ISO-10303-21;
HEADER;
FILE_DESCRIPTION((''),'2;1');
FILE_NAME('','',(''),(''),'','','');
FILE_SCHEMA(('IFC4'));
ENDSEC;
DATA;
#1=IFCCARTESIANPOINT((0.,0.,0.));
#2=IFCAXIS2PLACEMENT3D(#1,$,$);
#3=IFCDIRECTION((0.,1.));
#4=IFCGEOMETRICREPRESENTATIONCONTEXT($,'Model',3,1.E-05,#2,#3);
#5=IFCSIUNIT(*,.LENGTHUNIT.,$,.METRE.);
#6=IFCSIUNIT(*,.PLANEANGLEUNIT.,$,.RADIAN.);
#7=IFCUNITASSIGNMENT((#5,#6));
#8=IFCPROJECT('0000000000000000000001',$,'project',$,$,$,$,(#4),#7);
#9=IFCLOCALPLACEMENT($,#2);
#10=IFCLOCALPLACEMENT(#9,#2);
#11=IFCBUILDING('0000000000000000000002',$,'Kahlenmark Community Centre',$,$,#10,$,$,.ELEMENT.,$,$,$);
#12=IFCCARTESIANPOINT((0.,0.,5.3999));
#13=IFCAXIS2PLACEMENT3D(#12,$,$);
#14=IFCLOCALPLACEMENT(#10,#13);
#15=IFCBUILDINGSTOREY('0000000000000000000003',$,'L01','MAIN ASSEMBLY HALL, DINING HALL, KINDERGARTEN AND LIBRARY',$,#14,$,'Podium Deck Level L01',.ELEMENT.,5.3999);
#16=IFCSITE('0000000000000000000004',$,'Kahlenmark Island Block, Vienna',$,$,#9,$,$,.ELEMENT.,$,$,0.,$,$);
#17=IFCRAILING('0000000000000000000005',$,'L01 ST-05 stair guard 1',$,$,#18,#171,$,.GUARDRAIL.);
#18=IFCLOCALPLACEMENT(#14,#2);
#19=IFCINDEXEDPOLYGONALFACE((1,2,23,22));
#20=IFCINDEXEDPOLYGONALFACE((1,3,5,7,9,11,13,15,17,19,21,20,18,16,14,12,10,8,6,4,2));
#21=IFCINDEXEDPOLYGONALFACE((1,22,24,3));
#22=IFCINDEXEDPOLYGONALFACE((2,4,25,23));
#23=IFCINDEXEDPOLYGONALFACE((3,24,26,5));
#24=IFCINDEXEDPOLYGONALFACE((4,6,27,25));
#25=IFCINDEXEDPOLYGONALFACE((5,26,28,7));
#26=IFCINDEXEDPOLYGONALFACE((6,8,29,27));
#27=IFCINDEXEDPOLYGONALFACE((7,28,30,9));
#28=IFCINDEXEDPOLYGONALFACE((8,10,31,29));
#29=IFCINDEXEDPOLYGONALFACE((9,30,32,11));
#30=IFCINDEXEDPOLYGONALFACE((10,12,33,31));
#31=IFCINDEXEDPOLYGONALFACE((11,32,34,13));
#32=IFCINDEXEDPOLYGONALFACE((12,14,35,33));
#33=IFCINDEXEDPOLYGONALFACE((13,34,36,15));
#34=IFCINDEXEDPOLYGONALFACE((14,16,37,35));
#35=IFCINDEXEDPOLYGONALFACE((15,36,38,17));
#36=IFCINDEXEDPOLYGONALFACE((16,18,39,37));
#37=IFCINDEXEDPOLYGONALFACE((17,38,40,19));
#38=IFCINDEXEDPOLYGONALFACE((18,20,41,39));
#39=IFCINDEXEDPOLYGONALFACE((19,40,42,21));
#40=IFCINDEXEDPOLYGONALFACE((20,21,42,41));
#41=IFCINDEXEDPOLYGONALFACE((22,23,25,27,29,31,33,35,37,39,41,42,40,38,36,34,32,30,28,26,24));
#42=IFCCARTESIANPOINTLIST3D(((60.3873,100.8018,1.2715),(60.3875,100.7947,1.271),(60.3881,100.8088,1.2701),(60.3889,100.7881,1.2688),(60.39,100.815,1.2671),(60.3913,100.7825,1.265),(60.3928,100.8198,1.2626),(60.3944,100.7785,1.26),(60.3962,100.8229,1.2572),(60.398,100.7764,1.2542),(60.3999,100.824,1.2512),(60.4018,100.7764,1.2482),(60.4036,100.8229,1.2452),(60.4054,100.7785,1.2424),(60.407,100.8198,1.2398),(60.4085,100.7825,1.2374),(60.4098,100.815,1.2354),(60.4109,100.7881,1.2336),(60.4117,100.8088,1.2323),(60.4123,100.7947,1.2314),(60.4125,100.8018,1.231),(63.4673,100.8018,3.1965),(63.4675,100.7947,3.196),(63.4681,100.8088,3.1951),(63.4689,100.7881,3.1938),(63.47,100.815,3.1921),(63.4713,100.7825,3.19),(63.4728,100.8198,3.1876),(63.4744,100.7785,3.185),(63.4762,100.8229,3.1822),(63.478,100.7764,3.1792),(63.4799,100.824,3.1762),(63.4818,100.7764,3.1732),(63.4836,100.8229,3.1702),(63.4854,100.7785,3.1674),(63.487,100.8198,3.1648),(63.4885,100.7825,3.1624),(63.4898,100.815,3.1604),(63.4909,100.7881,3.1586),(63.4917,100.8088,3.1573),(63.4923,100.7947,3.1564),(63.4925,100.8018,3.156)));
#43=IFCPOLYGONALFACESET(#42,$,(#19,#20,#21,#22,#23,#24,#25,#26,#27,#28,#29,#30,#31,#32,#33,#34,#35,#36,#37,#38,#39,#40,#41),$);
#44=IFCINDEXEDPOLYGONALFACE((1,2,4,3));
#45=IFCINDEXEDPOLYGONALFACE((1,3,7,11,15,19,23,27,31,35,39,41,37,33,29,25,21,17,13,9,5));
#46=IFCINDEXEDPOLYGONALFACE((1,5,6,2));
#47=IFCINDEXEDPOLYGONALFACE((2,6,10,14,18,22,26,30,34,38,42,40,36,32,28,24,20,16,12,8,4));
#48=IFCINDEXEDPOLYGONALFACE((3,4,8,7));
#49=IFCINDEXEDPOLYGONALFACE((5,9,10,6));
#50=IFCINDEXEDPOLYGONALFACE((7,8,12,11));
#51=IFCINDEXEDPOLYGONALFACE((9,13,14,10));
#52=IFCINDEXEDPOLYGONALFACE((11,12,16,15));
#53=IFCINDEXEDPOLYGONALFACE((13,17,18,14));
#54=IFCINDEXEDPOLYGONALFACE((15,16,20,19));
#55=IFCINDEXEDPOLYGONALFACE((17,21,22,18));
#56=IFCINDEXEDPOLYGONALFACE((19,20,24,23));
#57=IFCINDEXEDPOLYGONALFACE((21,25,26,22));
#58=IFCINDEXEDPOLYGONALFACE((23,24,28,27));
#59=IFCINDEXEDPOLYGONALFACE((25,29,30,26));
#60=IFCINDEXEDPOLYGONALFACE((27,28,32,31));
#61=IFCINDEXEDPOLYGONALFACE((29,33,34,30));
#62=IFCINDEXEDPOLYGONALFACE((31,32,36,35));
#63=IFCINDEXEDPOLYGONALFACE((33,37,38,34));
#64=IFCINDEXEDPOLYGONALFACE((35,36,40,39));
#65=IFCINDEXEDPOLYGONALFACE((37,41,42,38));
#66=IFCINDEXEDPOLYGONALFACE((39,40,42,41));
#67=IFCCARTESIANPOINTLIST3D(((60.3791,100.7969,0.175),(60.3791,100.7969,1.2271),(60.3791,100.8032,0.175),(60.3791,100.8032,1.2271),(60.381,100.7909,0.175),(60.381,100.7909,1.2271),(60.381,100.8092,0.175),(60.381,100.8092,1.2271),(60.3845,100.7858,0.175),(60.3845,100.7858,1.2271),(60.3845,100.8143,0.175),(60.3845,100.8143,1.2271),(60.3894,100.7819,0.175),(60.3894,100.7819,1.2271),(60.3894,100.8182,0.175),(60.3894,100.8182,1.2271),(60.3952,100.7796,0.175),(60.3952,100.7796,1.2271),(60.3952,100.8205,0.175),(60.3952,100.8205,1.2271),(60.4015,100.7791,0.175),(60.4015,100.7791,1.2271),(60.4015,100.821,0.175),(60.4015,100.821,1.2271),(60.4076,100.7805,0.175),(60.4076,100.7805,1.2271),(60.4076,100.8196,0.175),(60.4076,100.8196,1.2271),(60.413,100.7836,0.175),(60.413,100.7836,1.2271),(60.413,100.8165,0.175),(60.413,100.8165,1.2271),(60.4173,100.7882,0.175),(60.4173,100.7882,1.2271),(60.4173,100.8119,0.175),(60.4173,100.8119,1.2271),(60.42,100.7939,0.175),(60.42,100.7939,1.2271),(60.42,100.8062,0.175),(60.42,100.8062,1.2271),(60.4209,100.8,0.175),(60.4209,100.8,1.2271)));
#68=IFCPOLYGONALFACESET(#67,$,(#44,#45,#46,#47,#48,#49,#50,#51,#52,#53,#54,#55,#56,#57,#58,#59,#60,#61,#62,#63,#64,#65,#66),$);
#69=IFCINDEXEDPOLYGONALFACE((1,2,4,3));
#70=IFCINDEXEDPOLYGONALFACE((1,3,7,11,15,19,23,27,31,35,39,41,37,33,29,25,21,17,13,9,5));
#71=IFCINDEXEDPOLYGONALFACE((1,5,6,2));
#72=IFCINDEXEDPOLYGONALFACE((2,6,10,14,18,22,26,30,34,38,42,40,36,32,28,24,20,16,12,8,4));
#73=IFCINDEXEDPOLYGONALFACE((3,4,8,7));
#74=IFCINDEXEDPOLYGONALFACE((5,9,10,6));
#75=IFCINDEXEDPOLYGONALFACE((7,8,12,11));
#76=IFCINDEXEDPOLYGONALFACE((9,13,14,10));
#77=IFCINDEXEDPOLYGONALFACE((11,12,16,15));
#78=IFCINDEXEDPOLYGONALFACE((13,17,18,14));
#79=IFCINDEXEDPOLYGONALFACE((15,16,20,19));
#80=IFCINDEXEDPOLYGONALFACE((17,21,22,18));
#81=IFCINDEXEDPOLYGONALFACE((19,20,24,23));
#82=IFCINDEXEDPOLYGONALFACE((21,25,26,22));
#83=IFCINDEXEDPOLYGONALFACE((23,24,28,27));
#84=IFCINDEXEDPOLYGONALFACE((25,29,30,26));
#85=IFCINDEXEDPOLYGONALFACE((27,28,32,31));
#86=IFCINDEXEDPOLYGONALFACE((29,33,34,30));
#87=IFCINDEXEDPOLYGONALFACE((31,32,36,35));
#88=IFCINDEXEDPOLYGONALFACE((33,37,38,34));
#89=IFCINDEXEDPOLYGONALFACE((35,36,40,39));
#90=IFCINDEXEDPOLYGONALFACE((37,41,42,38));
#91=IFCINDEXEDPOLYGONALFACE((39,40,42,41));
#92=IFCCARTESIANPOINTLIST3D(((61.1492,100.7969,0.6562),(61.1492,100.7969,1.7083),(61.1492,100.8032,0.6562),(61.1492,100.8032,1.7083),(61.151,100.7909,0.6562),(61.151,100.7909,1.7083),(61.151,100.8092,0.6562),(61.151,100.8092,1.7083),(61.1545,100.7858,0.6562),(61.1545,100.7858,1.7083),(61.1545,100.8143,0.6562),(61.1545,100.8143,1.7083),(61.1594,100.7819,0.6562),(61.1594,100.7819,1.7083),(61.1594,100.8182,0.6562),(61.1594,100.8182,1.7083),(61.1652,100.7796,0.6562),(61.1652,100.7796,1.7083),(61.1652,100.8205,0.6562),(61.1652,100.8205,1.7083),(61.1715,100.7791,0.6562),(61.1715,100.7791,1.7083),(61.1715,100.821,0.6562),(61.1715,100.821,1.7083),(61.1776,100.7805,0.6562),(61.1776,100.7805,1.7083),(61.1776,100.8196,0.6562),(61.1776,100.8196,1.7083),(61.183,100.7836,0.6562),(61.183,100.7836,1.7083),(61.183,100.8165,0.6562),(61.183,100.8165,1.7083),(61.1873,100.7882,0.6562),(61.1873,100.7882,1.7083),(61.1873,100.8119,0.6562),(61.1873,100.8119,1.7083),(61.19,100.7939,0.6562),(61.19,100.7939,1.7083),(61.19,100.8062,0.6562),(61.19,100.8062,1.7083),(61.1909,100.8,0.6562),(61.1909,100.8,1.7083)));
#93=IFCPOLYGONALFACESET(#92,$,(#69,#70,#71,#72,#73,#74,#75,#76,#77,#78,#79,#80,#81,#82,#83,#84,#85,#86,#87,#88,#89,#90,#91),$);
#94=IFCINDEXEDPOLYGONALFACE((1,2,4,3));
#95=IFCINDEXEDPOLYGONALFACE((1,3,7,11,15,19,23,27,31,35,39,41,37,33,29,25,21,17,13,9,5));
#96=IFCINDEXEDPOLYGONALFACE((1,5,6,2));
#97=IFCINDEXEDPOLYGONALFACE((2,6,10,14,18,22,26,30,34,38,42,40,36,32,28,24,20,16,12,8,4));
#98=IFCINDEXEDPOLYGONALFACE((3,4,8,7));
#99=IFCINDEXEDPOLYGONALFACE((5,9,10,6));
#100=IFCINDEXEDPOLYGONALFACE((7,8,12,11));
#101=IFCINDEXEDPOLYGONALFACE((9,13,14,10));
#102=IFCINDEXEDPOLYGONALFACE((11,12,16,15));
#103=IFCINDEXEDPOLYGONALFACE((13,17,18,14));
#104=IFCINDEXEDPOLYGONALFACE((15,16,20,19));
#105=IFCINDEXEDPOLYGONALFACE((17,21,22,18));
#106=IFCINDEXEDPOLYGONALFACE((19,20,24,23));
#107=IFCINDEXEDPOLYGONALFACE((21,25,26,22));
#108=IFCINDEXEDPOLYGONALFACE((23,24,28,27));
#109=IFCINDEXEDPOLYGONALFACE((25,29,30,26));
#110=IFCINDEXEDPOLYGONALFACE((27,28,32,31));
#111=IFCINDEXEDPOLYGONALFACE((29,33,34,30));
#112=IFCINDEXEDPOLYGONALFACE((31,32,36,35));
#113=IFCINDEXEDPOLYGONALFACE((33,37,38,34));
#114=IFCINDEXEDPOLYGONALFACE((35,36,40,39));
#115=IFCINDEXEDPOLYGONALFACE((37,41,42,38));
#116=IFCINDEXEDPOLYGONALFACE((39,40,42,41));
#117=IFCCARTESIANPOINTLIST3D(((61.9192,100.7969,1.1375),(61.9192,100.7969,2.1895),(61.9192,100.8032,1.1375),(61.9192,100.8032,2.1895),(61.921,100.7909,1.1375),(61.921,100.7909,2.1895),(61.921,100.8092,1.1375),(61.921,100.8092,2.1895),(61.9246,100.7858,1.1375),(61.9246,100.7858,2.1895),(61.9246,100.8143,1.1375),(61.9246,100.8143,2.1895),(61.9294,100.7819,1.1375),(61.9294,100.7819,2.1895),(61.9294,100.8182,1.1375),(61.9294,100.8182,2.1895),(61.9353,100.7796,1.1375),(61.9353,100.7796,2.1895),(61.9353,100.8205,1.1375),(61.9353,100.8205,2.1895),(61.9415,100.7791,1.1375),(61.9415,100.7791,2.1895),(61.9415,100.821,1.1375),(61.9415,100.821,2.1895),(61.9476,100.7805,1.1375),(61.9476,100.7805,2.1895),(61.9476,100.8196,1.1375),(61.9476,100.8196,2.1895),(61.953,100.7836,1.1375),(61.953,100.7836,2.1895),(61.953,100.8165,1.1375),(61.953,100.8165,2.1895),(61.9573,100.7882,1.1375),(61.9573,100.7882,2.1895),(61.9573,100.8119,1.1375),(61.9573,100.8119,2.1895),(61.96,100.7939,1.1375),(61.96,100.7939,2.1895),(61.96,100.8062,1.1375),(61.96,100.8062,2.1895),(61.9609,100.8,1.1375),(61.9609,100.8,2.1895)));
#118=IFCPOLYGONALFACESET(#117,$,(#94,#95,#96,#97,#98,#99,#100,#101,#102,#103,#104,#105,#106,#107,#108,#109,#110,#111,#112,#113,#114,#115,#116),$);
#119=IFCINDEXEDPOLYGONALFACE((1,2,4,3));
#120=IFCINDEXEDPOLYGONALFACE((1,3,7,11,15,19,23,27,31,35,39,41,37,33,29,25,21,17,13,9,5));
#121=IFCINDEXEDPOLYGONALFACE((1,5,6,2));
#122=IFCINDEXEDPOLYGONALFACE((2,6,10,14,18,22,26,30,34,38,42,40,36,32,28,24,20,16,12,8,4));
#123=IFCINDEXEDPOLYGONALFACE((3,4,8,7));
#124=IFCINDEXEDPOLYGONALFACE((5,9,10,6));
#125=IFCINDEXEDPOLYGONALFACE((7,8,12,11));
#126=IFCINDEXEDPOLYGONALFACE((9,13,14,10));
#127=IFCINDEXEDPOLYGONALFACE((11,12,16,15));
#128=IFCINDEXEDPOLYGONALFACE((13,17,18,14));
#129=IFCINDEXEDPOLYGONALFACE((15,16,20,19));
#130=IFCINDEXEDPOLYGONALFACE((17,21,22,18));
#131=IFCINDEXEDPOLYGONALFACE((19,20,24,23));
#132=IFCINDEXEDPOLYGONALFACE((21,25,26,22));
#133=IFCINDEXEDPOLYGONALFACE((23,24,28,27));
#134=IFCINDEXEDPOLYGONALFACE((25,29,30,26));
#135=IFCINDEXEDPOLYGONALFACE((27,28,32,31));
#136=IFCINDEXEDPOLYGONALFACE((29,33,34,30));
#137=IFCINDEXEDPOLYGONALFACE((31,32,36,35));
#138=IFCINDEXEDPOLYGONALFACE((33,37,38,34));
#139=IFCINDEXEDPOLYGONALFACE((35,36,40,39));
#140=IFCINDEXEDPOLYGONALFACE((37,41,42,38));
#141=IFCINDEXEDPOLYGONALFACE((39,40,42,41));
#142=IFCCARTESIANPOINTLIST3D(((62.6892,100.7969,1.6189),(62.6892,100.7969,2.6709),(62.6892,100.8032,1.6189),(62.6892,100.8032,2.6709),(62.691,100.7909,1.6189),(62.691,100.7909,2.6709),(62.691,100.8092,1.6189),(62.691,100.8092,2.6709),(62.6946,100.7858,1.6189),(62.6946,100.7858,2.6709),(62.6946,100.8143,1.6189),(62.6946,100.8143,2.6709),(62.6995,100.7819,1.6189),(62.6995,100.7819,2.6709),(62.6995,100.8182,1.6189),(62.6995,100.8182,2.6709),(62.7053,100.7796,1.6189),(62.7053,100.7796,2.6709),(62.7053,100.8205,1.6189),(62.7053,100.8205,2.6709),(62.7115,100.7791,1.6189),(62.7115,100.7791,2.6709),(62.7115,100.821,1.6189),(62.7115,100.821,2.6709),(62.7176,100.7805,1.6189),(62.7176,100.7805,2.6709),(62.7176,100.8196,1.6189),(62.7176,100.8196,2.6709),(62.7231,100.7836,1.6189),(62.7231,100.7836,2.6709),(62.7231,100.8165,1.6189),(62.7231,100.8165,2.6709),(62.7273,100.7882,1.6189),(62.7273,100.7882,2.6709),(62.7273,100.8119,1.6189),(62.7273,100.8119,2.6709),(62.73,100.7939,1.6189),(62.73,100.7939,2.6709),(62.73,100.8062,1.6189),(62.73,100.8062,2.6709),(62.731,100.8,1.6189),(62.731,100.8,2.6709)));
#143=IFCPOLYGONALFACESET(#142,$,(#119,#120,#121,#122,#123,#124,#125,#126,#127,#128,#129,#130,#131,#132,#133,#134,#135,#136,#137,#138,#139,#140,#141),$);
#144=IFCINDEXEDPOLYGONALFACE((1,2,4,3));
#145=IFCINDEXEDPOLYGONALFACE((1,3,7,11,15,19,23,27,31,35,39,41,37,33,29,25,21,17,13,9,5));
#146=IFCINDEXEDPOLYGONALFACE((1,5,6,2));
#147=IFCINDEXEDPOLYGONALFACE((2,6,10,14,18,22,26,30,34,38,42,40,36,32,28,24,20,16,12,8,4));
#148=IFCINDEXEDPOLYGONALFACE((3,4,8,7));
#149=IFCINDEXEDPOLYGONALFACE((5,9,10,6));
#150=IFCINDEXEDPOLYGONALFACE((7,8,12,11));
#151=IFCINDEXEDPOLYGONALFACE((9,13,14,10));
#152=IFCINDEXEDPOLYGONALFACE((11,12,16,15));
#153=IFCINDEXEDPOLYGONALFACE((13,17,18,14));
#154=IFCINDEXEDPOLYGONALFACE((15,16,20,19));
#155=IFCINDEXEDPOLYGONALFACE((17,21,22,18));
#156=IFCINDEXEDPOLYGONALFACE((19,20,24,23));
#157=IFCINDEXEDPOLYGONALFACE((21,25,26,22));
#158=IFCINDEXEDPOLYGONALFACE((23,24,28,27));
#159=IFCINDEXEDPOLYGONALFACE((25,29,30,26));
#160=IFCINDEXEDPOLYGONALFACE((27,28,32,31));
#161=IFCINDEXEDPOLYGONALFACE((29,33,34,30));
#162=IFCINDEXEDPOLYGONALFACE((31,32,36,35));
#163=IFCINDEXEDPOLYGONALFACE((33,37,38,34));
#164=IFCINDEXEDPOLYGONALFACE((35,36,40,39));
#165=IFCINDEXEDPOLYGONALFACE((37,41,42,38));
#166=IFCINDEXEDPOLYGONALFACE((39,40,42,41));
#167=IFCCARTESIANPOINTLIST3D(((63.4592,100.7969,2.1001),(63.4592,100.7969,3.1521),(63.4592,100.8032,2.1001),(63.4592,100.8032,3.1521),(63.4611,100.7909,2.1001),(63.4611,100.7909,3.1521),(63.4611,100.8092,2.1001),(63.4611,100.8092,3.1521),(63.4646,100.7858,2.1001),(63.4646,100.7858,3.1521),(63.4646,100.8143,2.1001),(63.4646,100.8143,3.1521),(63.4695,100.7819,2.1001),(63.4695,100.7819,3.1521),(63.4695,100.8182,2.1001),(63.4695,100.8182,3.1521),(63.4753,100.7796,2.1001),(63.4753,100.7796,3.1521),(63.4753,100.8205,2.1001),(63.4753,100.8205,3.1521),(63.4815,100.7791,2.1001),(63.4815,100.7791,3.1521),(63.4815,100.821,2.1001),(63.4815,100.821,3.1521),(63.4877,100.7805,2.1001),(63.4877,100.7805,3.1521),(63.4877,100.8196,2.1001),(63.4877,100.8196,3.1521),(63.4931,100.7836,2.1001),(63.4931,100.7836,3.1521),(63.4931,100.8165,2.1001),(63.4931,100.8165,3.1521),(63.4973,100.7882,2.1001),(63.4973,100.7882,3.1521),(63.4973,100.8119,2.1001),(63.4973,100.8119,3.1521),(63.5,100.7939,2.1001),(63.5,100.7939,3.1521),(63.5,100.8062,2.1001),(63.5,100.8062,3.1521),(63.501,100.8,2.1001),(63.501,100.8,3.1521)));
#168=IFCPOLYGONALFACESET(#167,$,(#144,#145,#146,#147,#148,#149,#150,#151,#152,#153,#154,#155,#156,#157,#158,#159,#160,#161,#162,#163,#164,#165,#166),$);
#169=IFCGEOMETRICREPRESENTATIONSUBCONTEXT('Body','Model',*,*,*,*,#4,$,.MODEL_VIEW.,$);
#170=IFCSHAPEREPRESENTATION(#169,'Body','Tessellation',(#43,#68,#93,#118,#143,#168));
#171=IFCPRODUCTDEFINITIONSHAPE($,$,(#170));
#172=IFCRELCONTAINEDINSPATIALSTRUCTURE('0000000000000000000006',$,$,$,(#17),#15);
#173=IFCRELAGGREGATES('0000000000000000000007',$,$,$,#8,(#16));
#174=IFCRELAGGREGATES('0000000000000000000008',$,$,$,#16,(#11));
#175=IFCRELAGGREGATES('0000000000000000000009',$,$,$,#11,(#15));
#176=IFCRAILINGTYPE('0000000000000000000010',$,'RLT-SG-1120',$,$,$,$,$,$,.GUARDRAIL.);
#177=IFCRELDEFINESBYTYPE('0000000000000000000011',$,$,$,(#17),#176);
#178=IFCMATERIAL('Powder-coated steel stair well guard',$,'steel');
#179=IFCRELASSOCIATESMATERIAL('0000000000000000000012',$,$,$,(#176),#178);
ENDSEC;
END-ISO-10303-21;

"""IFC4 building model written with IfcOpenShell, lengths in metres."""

from ifc_helpers import new_model, si_unit, direction, frame, origin, origin_2d, place, context, subcontext, project, spatial, circle, extrude, material, type_object, element, save


model = new_model("IFC4")

# Units and contexts
model_context = context("Model", 3, precision=1e-05, world=origin(), true_north=direction((0.0, 1.0)))
body_context = subcontext(model_context, "Body", "Model", "MODEL_VIEW")
ifc_project = project(units=[si_unit("LENGTHUNIT", "METRE"), si_unit("PLANEANGLEUNIT", "RADIAN")], contexts=[model_context])

# Site, building, storey
site_placement = place(None, origin())
site = spatial("IfcSite", under=ifc_project, at=site_placement, Name="Kahlenmark Island Block, Vienna", CompositionType="ELEMENT", RefElevation=0.0)
building_placement = place(site_placement, origin())
building = spatial("IfcBuilding", under=site, at=building_placement, Name="Kahlenmark Community Centre", CompositionType="ELEMENT")
storey_placement = place(building_placement, frame((0.0, 0.0, 5.3999)))
storey = spatial("IfcBuildingStorey", under=building, at=storey_placement, Name="L01", Description="MAIN ASSEMBLY HALL, DINING HALL, KINDERGARTEN AND LIBRARY", LongName="Podium Deck Level L01", CompositionType="ELEMENT", Elevation=5.3999)

# Railing
ifc_material_1 = material(Name="Powder-coated steel stair well guard", Category="steel")
railing_type_1 = type_object("IfcRailingType", Name="RLT-SG-1120", PredefinedType="GUARDRAIL", material=ifc_material_1)
railing_1_placement = place(storey_placement, frame((60.3999, 100.8, 0.175)))
element("IfcRailing", 1, at=railing_1_placement, inside=storey, type_object=railing_type_1, Name="L01 ST-05 stair guard 1", PredefinedType="GUARDRAIL", context=body_context, shape_type="SweptSolid", body=[
    extrude(circle(Radius=0.0239, at=origin_2d()), frame((0.0, 0.0, 1.0762), z_axis=(0.847998, 0.0, 0.529999), x_axis=(0.0, 1.0, 0.0)), (0.0, 0.0, 1.0), 3.6321),
    extrude(circle(Radius=0.021, at=origin_2d()), origin(), (0.0, 0.0, 1.0), 1.052),
    extrude(circle(Radius=0.021, at=origin_2d()), frame((0.77, 0.0, 0.4812)), (0.0, 0.0, 1.0), 1.052),
    extrude(circle(Radius=0.021, at=origin_2d()), frame((1.54, 0.0, 0.9624)), (0.0, 0.0, 1.0), 1.052),
    extrude(circle(Radius=0.021, at=origin_2d()), frame((2.3101, 0.0, 1.4438)), (0.0, 0.0, 1.0), 1.052),
    extrude(circle(Radius=0.021, at=origin_2d()), frame((3.0801, 0.0, 1.925)), (0.0, 0.0, 1.0), 1.052),
])

save(model, "model.ifc")
